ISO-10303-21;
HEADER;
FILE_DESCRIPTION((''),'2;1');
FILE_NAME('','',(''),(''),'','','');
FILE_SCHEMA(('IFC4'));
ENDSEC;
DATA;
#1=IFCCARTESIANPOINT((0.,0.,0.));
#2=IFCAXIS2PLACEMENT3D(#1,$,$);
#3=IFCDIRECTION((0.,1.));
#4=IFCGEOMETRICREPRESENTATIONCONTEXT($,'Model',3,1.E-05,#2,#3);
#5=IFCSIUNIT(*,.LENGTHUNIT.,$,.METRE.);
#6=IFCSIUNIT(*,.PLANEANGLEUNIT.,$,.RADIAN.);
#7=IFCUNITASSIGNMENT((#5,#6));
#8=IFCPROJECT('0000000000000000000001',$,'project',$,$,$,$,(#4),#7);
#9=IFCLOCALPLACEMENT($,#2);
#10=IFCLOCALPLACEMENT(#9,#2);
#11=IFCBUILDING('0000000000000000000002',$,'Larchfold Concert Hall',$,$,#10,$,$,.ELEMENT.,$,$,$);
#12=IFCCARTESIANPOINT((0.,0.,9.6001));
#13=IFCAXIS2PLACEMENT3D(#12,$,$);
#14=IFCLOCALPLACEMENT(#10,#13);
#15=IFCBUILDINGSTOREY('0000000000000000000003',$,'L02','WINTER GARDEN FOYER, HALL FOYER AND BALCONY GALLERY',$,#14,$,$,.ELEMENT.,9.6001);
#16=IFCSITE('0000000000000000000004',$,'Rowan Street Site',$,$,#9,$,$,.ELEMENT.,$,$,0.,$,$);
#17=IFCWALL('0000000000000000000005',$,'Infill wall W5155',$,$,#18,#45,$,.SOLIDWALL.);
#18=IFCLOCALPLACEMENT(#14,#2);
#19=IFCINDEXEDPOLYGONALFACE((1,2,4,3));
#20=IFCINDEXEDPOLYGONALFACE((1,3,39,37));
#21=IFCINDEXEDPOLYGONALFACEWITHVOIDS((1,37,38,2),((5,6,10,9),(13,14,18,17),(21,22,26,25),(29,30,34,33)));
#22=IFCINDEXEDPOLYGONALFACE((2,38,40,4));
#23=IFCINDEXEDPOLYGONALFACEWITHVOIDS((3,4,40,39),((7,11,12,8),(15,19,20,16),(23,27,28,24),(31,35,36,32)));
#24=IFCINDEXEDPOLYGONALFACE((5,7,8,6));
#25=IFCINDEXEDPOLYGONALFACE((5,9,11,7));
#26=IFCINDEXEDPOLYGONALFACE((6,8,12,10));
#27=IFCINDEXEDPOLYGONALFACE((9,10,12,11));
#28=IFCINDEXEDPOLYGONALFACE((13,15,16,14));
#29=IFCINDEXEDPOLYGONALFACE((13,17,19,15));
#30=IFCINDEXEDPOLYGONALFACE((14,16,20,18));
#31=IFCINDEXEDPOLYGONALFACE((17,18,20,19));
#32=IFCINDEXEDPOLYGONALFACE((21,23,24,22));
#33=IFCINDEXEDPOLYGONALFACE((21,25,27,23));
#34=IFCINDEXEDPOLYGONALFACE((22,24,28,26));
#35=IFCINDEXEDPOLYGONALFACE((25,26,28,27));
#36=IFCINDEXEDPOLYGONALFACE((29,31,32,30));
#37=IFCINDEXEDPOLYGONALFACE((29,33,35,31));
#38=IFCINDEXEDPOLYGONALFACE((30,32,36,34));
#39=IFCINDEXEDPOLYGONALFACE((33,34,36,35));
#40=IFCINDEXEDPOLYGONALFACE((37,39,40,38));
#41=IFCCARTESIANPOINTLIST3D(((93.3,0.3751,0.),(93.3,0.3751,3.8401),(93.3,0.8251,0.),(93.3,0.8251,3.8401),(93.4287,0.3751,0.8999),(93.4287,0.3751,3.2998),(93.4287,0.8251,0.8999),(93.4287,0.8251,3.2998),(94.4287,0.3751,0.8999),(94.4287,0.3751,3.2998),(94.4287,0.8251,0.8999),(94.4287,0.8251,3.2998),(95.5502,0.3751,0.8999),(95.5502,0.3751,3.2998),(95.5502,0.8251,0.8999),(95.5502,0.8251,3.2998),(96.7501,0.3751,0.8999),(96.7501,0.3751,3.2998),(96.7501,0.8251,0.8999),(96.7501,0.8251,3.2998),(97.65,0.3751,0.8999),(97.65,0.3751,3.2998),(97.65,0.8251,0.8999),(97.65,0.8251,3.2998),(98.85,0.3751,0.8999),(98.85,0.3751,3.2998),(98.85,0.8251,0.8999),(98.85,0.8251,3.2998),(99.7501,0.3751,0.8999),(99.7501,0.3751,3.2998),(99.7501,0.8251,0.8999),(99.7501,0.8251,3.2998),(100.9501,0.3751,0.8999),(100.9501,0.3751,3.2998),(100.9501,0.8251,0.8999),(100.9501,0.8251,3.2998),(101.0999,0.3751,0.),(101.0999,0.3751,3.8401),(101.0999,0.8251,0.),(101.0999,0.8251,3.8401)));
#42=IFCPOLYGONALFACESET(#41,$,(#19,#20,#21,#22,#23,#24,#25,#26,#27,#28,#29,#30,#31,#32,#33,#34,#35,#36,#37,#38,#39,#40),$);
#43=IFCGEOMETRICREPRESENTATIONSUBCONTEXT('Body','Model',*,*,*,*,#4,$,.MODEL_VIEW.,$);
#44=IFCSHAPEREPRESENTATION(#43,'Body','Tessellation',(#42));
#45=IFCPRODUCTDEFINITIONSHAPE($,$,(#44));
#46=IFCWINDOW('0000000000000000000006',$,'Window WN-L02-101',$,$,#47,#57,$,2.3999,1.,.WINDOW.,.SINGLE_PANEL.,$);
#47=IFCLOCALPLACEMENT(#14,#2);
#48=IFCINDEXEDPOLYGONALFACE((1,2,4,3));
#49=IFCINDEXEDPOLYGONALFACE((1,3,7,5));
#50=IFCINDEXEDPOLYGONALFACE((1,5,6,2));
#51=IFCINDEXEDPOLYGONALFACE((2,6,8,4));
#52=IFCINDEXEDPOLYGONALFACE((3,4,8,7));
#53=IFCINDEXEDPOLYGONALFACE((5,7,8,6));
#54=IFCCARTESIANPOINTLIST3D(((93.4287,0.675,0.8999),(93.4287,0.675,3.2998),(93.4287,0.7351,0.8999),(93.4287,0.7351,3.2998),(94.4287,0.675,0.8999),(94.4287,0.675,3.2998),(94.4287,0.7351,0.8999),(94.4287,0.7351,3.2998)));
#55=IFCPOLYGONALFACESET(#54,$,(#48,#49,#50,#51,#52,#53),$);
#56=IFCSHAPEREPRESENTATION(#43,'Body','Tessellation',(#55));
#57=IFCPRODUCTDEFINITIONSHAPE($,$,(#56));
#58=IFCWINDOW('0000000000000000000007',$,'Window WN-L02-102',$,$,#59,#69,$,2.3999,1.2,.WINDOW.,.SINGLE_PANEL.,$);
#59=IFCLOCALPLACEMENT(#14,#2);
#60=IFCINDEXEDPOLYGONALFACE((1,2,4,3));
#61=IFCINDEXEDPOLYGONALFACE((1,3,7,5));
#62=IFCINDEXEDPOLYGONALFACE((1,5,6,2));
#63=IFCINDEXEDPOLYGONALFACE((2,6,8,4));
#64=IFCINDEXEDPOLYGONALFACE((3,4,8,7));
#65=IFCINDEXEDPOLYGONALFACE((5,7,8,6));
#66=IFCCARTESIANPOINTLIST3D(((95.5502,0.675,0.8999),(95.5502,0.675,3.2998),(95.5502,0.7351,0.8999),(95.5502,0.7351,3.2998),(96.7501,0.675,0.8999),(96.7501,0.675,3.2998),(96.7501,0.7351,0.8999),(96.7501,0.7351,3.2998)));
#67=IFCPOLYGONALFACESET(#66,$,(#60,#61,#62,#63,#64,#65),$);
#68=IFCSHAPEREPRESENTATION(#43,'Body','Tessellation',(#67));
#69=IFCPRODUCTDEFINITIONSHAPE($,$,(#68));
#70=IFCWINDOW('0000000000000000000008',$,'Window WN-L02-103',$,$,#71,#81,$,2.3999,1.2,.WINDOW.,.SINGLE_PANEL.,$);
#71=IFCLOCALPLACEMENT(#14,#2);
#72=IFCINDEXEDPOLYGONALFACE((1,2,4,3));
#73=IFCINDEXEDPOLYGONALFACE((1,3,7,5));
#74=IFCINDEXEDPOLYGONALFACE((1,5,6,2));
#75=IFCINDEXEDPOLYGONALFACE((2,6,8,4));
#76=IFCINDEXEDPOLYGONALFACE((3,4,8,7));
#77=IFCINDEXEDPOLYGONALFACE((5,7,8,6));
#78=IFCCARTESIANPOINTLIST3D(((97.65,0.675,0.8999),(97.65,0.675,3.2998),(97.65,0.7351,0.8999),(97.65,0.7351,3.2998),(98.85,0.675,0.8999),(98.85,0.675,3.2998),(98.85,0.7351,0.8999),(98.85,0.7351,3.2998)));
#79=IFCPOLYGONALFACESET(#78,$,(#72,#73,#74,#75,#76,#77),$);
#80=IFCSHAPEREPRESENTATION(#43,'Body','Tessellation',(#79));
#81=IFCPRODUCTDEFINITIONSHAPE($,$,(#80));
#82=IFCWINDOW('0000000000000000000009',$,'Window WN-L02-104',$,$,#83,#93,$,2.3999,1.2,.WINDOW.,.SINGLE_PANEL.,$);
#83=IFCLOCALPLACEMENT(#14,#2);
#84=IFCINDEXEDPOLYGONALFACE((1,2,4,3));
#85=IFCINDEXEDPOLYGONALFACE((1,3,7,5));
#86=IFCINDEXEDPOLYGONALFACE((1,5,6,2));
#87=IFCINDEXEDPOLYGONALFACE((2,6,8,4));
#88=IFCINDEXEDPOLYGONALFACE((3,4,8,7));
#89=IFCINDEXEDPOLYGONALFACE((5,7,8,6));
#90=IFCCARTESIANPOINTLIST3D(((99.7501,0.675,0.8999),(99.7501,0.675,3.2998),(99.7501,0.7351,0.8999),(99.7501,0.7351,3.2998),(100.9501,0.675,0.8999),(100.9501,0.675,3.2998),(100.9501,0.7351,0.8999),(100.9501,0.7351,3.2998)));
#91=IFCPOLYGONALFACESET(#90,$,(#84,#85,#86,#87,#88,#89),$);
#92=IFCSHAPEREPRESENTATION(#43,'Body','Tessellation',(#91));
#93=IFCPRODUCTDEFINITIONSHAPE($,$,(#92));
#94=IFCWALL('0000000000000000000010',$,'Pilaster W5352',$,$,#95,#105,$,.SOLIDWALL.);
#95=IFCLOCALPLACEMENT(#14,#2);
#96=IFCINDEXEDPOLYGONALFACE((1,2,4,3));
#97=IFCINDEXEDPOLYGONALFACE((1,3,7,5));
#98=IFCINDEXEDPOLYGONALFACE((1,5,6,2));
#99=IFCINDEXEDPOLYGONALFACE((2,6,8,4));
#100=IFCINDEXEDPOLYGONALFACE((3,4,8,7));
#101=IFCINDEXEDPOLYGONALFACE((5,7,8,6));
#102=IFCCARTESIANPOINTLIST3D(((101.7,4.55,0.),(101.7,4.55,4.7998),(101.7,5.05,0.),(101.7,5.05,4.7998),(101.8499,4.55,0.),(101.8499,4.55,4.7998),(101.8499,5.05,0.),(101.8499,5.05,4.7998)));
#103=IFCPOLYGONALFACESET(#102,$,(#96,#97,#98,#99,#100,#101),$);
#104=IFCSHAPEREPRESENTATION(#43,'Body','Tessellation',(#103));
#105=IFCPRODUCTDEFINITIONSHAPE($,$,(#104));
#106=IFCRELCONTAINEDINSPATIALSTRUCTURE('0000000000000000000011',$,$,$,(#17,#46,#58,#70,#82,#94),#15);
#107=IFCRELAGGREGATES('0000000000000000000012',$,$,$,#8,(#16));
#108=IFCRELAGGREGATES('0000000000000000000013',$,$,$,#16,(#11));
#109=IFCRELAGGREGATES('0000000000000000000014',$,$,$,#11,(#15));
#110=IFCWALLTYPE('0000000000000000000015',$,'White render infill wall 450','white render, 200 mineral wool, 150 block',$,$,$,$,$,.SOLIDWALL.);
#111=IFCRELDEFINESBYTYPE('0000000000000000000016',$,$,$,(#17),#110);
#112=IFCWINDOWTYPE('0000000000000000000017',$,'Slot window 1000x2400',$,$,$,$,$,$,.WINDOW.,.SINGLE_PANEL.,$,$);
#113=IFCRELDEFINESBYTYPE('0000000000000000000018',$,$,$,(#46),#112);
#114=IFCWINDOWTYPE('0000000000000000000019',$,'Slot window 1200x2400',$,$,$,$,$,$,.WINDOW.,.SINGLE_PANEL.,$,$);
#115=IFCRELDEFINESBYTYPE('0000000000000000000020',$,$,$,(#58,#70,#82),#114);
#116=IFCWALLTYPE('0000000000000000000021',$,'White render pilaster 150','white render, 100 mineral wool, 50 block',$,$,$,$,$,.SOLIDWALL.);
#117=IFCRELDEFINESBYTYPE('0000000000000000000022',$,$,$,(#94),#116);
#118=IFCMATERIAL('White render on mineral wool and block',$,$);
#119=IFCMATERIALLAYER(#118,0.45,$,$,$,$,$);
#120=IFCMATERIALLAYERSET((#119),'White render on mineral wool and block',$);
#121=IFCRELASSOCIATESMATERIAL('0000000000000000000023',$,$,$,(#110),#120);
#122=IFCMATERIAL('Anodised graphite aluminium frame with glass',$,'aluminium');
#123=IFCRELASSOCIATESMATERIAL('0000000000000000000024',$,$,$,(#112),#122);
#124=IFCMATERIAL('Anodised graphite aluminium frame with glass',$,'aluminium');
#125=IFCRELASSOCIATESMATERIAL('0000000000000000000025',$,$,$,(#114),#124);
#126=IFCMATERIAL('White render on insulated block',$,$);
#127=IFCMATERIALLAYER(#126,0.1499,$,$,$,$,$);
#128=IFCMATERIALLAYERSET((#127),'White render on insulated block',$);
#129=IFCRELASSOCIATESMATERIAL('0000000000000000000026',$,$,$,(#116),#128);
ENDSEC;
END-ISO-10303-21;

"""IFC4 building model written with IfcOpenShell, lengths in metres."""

from ifc_helpers import new_model, si_unit, direction, frame, frame_2d, origin, place, context, subcontext, project, spatial, rectangle, extrude, material, layer, layer_set, type_object, element, fill, save


model = new_model("IFC4")

# Units and contexts
model_context = context("Model", 3, precision=1e-05, world=origin(), true_north=direction((0.0, 1.0)))
body_context = subcontext(model_context, "Body", "Model", "MODEL_VIEW")
ifc_project = project(units=[si_unit("LENGTHUNIT", "METRE"), si_unit("PLANEANGLEUNIT", "RADIAN")], contexts=[model_context])

# Site, building, storey
site_placement = place(None, origin())
site = spatial("IfcSite", under=ifc_project, at=site_placement, Name="Rowan Street Site", CompositionType="ELEMENT", RefElevation=0.0)
building_placement = place(site_placement, origin())
building = spatial("IfcBuilding", under=site, at=building_placement, Name="Larchfold Concert Hall", CompositionType="ELEMENT")
storey_placement = place(building_placement, frame((0.0, 0.0, 9.6001)))
storey = spatial("IfcBuildingStorey", under=building, at=storey_placement, Name="L02", Description="WINTER GARDEN FOYER, HALL FOYER AND BALCONY GALLERY", CompositionType="ELEMENT", Elevation=9.6001)

# Wall, openings, windows
ifc_material_1 = material(Name="White render on mineral wool and block")
ifc_layer_1 = layer(ifc_material_1, 0.45)
ifc_layer_set_1 = layer_set([ifc_layer_1], Name="White render on mineral wool and block")
wall_type_1 = type_object("IfcWallType", Name="White render infill wall 450", Description="white render, 200 mineral wool, 150 block", PredefinedType="SOLIDWALL", material=ifc_layer_set_1)
wall_1_placement = place(storey_placement, frame((93.3, 0.6001, 0.0), z_axis=(0.0, 0.0, 1.0), x_axis=(1.0, 0.0, 0.0)))
wall_1 = element("IfcWall", 1, at=wall_1_placement, inside=storey, type_object=wall_type_1, Name="Infill wall W5155", PredefinedType="SOLIDWALL", context=body_context, shape_type="SweptSolid", body=[
    extrude(rectangle(XDim=7.7998, YDim=0.45, at=frame_2d((3.8999, 0.0))), origin(), (0.0, 0.0, 1.0), 3.8401),
])
opening_1_placement = place(wall_1_placement, frame((0.1287, 0.0, 0.8999)))
opening_1 = element("IfcOpeningElement", 2, at=opening_1_placement, cuts=wall_1, PredefinedType="OPENING", context=body_context, shape_type="SweptSolid", body=[
    extrude(rectangle(XDim=1.0, YDim=2.3999, at=frame_2d((0.5, 1.2))), frame((0.0, 0.2349, 0.0), z_axis=(0.0, -1.0, 0.0), x_axis=(1.0, 0.0, 0.0)), (0.0, 0.0, 1.0), 0.47),
])
opening_2_placement = place(wall_1_placement, frame((2.25, 0.0, 0.8999)))
opening_2 = element("IfcOpeningElement", 3, at=opening_2_placement, cuts=wall_1, PredefinedType="OPENING", context=body_context, shape_type="SweptSolid", body=[
    extrude(rectangle(XDim=1.2, YDim=2.3999, at=frame_2d((0.6001, 1.2))), frame((0.0, 0.2349, 0.0), z_axis=(0.0, -1.0, 0.0), x_axis=(1.0, 0.0, 0.0)), (0.0, 0.0, 1.0), 0.47),
])
opening_3_placement = place(wall_1_placement, frame((4.3499, 0.0, 0.8999)))
opening_3 = element("IfcOpeningElement", 4, at=opening_3_placement, cuts=wall_1, PredefinedType="OPENING", context=body_context, shape_type="SweptSolid", body=[
    extrude(rectangle(XDim=1.2, YDim=2.3999, at=frame_2d((0.6001, 1.2))), frame((0.0, 0.2349, 0.0), z_axis=(0.0, -1.0, 0.0), x_axis=(1.0, 0.0, 0.0)), (0.0, 0.0, 1.0), 0.47),
])
opening_4_placement = place(wall_1_placement, frame((6.45, 0.0, 0.8999)))
opening_4 = element("IfcOpeningElement", 5, at=opening_4_placement, cuts=wall_1, PredefinedType="OPENING", context=body_context, shape_type="SweptSolid", body=[
    extrude(rectangle(XDim=1.2, YDim=2.3999, at=frame_2d((0.6001, 1.2))), frame((0.0, 0.2349, 0.0), z_axis=(0.0, -1.0, 0.0), x_axis=(1.0, 0.0, 0.0)), (0.0, 0.0, 1.0), 0.47),
])
ifc_material_2 = material(Name="Anodised graphite aluminium frame with glass", Category="aluminium")
window_type_1 = type_object("IfcWindowType", Name="Slot window 1000x2400", PartitioningType="SINGLE_PANEL", PredefinedType="WINDOW", material=ifc_material_2)
window_1_placement = place(opening_1_placement, origin())
window_1 = element("IfcWindow", 6, at=window_1_placement, inside=storey, type_object=window_type_1, Name="Window WN-L02-101", OverallHeight=2.3999, OverallWidth=1.0, PartitioningType="SINGLE_PANEL", PredefinedType="WINDOW", context=body_context, shape_type="SweptSolid", body=[
    extrude(rectangle(XDim=1.0, YDim=2.3999, at=frame_2d((0.5, 1.2))), frame((0.0, 0.135, 0.0), z_axis=(0.0, -1.0, 0.0), x_axis=(1.0, 0.0, 0.0)), (0.0, 0.0, 1.0), 0.0601),
])
fill(opening_1, window_1)
ifc_material_3 = material(Name="Anodised graphite aluminium frame with glass", Category="aluminium")
window_type_2 = type_object("IfcWindowType", Name="Slot window 1200x2400", PartitioningType="SINGLE_PANEL", PredefinedType="WINDOW", material=ifc_material_3)
window_2_placement = place(opening_2_placement, origin())
window_2 = element("IfcWindow", 7, at=window_2_placement, inside=storey, type_object=window_type_2, Name="Window WN-L02-102", OverallHeight=2.3999, OverallWidth=1.2, PartitioningType="SINGLE_PANEL", PredefinedType="WINDOW", context=body_context, shape_type="SweptSolid", body=[
    extrude(rectangle(XDim=1.2, YDim=2.3999, at=frame_2d((0.6001, 1.2))), frame((0.0, 0.135, 0.0), z_axis=(0.0, -1.0, 0.0), x_axis=(1.0, 0.0, 0.0)), (0.0, 0.0, 1.0), 0.0601),
])
fill(opening_2, window_2)
window_3_placement = place(opening_3_placement, origin())
window_3 = element("IfcWindow", 8, at=window_3_placement, inside=storey, type_object=window_type_2, Name="Window WN-L02-103", OverallHeight=2.3999, OverallWidth=1.2, PartitioningType="SINGLE_PANEL", PredefinedType="WINDOW", context=body_context, shape_type="SweptSolid", body=[
    extrude(rectangle(XDim=1.2, YDim=2.3999, at=frame_2d((0.6001, 1.2))), frame((0.0, 0.135, 0.0), z_axis=(0.0, -1.0, 0.0), x_axis=(1.0, 0.0, 0.0)), (0.0, 0.0, 1.0), 0.0601),
])
fill(opening_3, window_3)
window_4_placement = place(opening_4_placement, origin())
window_4 = element("IfcWindow", 9, at=window_4_placement, inside=storey, type_object=window_type_2, Name="Window WN-L02-104", OverallHeight=2.3999, OverallWidth=1.2, PartitioningType="SINGLE_PANEL", PredefinedType="WINDOW", context=body_context, shape_type="SweptSolid", body=[
    extrude(rectangle(XDim=1.2, YDim=2.3999, at=frame_2d((0.6001, 1.2))), frame((0.0, 0.135, 0.0), z_axis=(0.0, -1.0, 0.0), x_axis=(1.0, 0.0, 0.0)), (0.0, 0.0, 1.0), 0.0601),
])
fill(opening_4, window_4)

# Wall
ifc_material_4 = material(Name="White render on insulated block")
ifc_layer_2 = layer(ifc_material_4, 0.1499)
ifc_layer_set_2 = layer_set([ifc_layer_2], Name="White render on insulated block")
wall_type_2 = type_object("IfcWallType", Name="White render pilaster 150", Description="white render, 100 mineral wool, 50 block", PredefinedType="SOLIDWALL", material=ifc_layer_set_2)
wall_2_placement = place(storey_placement, frame((101.7749, 4.55, 0.0), z_axis=(0.0, 0.0, 1.0), x_axis=(0.0, 1.0, 0.0)))
element("IfcWall", 10, at=wall_2_placement, inside=storey, type_object=wall_type_2, Name="Pilaster W5352", PredefinedType="SOLIDWALL", context=body_context, shape_type="SweptSolid", body=[
    extrude(rectangle(XDim=0.5, YDim=0.1499, at=frame_2d((0.25, 0.0))), origin(), (0.0, 0.0, 1.0), 4.7998),
])

save(model, "model.ifc")
